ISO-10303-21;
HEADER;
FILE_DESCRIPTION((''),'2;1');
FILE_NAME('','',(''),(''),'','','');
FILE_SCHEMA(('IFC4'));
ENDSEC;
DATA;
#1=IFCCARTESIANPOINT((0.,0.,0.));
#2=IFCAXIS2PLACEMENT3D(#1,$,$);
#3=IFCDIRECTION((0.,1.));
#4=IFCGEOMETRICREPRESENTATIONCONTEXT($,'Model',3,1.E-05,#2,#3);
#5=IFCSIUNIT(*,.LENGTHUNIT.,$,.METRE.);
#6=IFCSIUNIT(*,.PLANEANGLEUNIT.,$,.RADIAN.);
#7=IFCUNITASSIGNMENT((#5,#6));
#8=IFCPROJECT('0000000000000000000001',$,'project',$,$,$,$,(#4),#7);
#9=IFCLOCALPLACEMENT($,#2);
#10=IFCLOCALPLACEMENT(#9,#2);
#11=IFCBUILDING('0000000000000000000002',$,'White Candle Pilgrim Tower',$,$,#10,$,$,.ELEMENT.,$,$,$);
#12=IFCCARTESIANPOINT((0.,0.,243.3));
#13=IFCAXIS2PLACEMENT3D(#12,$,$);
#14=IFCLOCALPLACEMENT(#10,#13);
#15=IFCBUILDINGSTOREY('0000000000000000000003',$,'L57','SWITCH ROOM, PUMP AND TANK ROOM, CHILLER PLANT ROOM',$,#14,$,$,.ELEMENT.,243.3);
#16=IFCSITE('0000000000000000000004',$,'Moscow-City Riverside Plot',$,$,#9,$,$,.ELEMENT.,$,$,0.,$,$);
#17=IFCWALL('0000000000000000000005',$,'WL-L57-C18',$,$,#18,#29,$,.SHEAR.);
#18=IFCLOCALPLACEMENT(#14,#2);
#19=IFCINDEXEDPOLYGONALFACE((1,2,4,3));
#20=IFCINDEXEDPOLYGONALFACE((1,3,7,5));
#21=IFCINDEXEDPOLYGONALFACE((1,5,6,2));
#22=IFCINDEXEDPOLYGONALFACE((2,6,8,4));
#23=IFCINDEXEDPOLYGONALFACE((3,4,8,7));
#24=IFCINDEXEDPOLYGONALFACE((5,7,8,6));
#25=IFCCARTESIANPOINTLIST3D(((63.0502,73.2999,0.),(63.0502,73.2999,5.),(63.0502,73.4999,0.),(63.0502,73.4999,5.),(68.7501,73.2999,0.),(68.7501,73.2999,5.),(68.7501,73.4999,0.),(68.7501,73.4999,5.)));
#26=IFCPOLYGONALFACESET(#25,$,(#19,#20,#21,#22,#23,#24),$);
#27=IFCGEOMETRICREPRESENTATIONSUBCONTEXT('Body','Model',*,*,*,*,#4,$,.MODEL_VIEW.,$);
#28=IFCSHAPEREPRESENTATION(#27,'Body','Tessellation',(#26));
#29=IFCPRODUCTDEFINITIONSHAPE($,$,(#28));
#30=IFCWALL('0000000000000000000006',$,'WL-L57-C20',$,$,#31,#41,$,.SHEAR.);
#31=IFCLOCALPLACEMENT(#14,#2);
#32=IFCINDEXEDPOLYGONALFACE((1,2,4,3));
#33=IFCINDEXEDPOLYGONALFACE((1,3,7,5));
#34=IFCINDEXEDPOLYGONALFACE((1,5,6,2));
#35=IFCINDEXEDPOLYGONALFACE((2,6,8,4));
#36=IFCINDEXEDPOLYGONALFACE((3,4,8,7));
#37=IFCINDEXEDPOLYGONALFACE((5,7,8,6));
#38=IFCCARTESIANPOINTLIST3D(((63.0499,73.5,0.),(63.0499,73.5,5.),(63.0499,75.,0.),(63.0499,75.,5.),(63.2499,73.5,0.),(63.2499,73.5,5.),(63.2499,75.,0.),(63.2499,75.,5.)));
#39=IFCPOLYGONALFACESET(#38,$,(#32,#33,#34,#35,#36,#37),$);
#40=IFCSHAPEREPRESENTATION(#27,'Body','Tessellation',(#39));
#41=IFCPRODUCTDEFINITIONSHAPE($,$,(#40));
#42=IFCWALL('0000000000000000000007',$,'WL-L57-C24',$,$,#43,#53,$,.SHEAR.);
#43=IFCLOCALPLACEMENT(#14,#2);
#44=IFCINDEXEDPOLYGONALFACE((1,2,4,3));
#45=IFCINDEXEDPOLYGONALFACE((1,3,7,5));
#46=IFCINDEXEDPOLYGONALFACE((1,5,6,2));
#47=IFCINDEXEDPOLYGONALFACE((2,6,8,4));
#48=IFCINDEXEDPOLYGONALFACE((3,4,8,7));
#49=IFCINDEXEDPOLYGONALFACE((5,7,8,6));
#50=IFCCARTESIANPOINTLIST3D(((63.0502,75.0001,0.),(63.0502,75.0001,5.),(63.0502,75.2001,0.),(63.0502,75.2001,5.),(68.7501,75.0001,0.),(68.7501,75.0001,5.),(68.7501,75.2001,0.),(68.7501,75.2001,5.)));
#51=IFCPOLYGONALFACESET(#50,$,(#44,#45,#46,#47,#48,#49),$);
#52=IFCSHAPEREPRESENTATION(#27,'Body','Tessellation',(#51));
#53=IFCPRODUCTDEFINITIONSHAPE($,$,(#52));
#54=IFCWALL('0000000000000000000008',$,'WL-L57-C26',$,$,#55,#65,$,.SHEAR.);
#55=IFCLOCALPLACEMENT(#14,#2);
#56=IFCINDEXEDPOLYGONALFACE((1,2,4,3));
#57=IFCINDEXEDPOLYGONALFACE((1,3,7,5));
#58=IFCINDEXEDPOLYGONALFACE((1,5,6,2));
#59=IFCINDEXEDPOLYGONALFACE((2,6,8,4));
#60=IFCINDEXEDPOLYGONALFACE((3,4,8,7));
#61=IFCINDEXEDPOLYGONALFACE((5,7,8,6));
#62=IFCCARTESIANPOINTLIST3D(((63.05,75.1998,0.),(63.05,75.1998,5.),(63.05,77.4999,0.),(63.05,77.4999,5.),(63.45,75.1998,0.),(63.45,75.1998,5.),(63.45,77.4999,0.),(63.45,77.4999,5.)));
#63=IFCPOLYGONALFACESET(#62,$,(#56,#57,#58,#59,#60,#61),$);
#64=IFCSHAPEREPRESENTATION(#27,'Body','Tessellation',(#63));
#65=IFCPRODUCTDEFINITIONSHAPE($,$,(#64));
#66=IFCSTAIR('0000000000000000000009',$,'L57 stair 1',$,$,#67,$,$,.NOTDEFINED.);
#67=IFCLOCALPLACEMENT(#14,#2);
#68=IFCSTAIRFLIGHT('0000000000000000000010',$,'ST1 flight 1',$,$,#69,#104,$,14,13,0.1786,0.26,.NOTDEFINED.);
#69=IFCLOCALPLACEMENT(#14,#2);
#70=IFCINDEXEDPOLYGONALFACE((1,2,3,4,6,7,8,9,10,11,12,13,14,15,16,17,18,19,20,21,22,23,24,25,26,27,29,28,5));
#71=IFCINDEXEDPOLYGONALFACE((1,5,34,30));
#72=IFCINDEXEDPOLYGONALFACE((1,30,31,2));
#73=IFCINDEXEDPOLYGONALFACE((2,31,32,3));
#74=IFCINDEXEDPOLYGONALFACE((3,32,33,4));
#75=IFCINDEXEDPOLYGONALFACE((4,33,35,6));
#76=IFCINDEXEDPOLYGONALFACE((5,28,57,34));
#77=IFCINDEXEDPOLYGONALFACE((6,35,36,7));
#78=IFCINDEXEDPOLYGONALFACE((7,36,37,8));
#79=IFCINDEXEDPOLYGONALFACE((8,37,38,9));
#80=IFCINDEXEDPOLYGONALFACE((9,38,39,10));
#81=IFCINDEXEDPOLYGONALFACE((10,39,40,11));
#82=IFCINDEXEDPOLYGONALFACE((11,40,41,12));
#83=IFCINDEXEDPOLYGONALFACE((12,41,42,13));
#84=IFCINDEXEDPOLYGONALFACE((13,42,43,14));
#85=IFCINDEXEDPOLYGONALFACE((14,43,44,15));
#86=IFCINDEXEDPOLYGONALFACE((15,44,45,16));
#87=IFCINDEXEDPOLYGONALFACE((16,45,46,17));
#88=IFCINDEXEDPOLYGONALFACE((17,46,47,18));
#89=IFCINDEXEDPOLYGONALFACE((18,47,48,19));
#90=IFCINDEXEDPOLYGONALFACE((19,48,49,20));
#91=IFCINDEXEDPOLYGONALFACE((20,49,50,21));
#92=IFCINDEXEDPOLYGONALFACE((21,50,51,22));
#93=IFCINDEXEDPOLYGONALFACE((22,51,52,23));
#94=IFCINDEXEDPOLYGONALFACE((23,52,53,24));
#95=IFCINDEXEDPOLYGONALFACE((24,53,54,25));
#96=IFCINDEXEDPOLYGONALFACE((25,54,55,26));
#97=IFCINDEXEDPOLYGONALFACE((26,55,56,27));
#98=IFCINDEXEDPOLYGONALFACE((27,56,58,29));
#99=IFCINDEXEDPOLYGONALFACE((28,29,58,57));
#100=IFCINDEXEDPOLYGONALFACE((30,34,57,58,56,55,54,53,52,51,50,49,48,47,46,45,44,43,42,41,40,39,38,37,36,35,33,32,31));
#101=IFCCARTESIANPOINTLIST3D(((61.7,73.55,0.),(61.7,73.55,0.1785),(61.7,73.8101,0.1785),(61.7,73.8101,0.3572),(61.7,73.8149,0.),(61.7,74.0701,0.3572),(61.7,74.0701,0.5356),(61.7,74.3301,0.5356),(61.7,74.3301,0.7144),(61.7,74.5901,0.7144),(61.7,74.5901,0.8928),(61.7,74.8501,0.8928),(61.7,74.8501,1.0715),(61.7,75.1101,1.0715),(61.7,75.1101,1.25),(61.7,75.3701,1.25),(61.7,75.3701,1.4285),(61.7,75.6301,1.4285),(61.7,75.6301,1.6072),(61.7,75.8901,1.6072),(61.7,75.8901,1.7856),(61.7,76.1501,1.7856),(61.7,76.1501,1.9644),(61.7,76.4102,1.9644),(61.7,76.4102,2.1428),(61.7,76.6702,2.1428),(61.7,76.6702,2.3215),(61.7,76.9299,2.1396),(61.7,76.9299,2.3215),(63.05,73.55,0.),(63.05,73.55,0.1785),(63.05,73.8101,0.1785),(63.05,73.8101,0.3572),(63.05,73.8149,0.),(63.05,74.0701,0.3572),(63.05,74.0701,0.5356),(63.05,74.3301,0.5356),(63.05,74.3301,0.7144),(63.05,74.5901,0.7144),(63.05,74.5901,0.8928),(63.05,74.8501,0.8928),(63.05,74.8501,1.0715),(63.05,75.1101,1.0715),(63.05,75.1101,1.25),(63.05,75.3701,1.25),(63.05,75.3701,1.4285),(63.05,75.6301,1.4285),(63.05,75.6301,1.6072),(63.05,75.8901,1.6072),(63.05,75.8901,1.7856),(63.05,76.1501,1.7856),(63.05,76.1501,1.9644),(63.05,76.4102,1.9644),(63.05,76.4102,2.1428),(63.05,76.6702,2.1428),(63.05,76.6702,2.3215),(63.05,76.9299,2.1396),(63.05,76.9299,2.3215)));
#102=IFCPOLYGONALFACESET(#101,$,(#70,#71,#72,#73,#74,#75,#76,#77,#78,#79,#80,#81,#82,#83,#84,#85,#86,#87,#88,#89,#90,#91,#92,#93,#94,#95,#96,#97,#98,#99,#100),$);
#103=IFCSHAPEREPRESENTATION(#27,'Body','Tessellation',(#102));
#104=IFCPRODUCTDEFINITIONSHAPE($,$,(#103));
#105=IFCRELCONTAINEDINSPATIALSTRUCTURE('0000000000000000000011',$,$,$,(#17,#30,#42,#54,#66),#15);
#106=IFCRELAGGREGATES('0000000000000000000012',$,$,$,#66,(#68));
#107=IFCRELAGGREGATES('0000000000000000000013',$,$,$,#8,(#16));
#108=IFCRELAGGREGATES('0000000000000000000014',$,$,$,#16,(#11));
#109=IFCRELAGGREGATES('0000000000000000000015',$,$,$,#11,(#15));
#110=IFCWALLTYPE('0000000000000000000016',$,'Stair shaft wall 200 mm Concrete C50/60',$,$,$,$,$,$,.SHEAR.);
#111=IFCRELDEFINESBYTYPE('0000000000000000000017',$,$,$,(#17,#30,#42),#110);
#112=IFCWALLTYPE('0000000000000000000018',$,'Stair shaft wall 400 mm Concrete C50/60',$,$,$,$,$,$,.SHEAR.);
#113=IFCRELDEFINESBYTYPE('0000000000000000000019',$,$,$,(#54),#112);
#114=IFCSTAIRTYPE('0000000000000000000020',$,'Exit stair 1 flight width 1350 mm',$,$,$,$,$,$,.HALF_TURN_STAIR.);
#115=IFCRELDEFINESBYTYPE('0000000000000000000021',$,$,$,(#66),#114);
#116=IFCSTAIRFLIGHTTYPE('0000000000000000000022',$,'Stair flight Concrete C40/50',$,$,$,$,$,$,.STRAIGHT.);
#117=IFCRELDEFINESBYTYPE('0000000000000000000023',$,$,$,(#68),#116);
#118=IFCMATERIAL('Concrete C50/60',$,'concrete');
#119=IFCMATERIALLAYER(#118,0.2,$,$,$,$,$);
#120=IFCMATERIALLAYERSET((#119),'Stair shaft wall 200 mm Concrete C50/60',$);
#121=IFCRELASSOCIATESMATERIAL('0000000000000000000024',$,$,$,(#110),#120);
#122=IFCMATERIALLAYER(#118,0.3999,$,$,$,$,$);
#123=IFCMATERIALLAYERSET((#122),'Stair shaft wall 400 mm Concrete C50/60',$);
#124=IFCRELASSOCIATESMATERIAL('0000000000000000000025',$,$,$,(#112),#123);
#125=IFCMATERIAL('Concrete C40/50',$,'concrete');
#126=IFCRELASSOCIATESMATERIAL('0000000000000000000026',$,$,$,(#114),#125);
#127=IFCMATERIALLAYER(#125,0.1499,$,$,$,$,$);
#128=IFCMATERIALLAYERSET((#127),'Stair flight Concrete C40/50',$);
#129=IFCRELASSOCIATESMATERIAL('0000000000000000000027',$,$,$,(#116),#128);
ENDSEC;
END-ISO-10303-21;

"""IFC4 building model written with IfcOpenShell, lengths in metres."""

from ifc_helpers import new_model, si_unit, direction, frame, frame_2d, origin, place, context, subcontext, project, spatial, polyline, rectangle, outline, extrude, material, layer, layer_set, type_object, element, aggregate, save


model = new_model("IFC4")

# Units and contexts
model_context = context("Model", 3, precision=1e-05, world=origin(), true_north=direction((0.0, 1.0)))
body_context = subcontext(model_context, "Body", "Model", "MODEL_VIEW")
ifc_project = project(units=[si_unit("LENGTHUNIT", "METRE"), si_unit("PLANEANGLEUNIT", "RADIAN")], contexts=[model_context])

# Site, building, storey
site_placement = place(None, origin())
site = spatial("IfcSite", under=ifc_project, at=site_placement, Name="Moscow-City Riverside Plot", CompositionType="ELEMENT", RefElevation=0.0)
building_placement = place(site_placement, origin())
building = spatial("IfcBuilding", under=site, at=building_placement, Name="White Candle Pilgrim Tower", CompositionType="ELEMENT")
storey_placement = place(building_placement, frame((0.0, 0.0, 243.3)))
storey = spatial("IfcBuildingStorey", under=building, at=storey_placement, Name="L57", Description="SWITCH ROOM, PUMP AND TANK ROOM, CHILLER PLANT ROOM", CompositionType="ELEMENT", Elevation=243.3)

# Walls
ifc_material_1 = material(Name="Concrete C50/60", Category="concrete")
ifc_layer_1 = layer(ifc_material_1, 0.2)
ifc_layer_set_1 = layer_set([ifc_layer_1], Name="Stair shaft wall 200 mm Concrete C50/60")
wall_type_1 = type_object("IfcWallType", Name="Stair shaft wall 200 mm Concrete C50/60", PredefinedType="SHEAR", material=ifc_layer_set_1)
wall_1_placement = place(storey_placement, frame((63.05, 73.3999, 0.0), z_axis=(0.0, 0.0, 1.0), x_axis=(1.0, 0.0, 0.0)))
element("IfcWall", 1, at=wall_1_placement, inside=storey, type_object=wall_type_1, Name="WL-L57-C18", PredefinedType="SHEAR", context=body_context, shape_type="SweptSolid", body=[
    extrude(rectangle(XDim=5.7, YDim=0.2, at=frame_2d((2.8501, 0.0))), origin(), (0.0, 0.0, 1.0), 5.0),
])
wall_2_placement = place(storey_placement, frame((63.1499, 73.5, 0.0), z_axis=(0.0, 0.0, 1.0), x_axis=(0.0, 1.0, 0.0)))
element("IfcWall", 2, at=wall_2_placement, inside=storey, type_object=wall_type_1, Name="WL-L57-C20", PredefinedType="SHEAR", context=body_context, shape_type="SweptSolid", body=[
    extrude(rectangle(XDim=1.5, YDim=0.2, at=frame_2d((0.75, 0.0))), origin(), (0.0, 0.0, 1.0), 5.0),
])
wall_3_placement = place(storey_placement, frame((63.05, 75.1001, 0.0), z_axis=(0.0, 0.0, 1.0), x_axis=(1.0, 0.0, 0.0)))
element("IfcWall", 3, at=wall_3_placement, inside=storey, type_object=wall_type_1, Name="WL-L57-C24", PredefinedType="SHEAR", context=body_context, shape_type="SweptSolid", body=[
    extrude(rectangle(XDim=5.7, YDim=0.2, at=frame_2d((2.8501, 0.0))), origin(), (0.0, 0.0, 1.0), 5.0),
])
ifc_layer_2 = layer(ifc_material_1, 0.3999)
ifc_layer_set_2 = layer_set([ifc_layer_2], Name="Stair shaft wall 400 mm Concrete C50/60")
wall_type_2 = type_object("IfcWallType", Name="Stair shaft wall 400 mm Concrete C50/60", PredefinedType="SHEAR", material=ifc_layer_set_2)
wall_4_placement = place(storey_placement, frame((63.25, 75.2, 0.0), z_axis=(0.0, 0.0, 1.0), x_axis=(0.0, 1.0, 0.0)))
element("IfcWall", 4, at=wall_4_placement, inside=storey, type_object=wall_type_2, Name="WL-L57-C26", PredefinedType="SHEAR", context=body_context, shape_type="SweptSolid", body=[
    extrude(rectangle(XDim=2.3, YDim=0.3999, at=frame_2d((1.1499, 0.0))), origin(), (0.0, 0.0, 1.0), 5.0),
])

# Stair, stair flight
ifc_material_2 = material(Name="Concrete C40/50", Category="concrete")
stair_type = type_object("IfcStairType", Name="Exit stair 1 flight width 1350 mm", PredefinedType="HALF_TURN_STAIR", material=ifc_material_2)
stair_placement = place(storey_placement, origin())
stair = element("IfcStair", 5, at=stair_placement, inside=storey, type_object=stair_type, Name="L57 stair 1", PredefinedType="NOTDEFINED")
ifc_layer_3 = layer(ifc_material_2, 0.1499)
ifc_layer_set_3 = layer_set([ifc_layer_3], Name="Stair flight Concrete C40/50")
stair_flight_type = type_object("IfcStairFlightType", Name="Stair flight Concrete C40/50", PredefinedType="STRAIGHT", material=ifc_layer_set_3)
stair_flight_placement = place(storey_placement, frame((62.375, 73.55, 0.0), z_axis=(0.0, 0.0, 1.0), x_axis=(0.0, 1.0, 0.0)))
stair_flight = element("IfcStairFlight", 6, at=stair_flight_placement, type_object=stair_flight_type, Name="ST1 flight 1", NumberOfRisers=14, NumberOfTreads=13, PredefinedType="NOTDEFINED", RiserHeight=0.1786, TreadLength=0.26, context=body_context, shape_type="SweptSolid", body=[
    extrude(outline(polyline([(0.0, 0.0), (0.0, 0.1785), (0.26, 0.1785), (0.26, 0.3572), (0.52, 0.3572), (0.52, 0.5356), (0.78, 0.5356), (0.78, 0.7144), (1.04, 0.7144), (1.04, 0.8928), (1.3, 0.8928), (1.3, 1.0715), (1.5601, 1.0715), (1.5601, 1.25), (1.8201, 1.25), (1.8201, 1.4285), (2.0801, 1.4285), (2.0801, 1.6072), (2.3401, 1.6072), (2.3401, 1.7856), (2.6001, 1.7856), (2.6001, 1.9644), (2.8601, 1.9644), (2.8601, 2.1428), (3.1201, 2.1428), (3.1201, 2.3215), (3.3799, 2.3215), (3.3799, 2.5), (3.3799, 2.1396), (0.2649, 0.0), (0.0, 0.0)])), frame((0.0, 0.675, 0.0), z_axis=(0.0, -1.0, 0.0), x_axis=(1.0, 0.0, 0.0)), (0.0, 0.0, 1.0), 1.3501),
])
aggregate(stair, [stair_flight])

save(model, "model.ifc")
